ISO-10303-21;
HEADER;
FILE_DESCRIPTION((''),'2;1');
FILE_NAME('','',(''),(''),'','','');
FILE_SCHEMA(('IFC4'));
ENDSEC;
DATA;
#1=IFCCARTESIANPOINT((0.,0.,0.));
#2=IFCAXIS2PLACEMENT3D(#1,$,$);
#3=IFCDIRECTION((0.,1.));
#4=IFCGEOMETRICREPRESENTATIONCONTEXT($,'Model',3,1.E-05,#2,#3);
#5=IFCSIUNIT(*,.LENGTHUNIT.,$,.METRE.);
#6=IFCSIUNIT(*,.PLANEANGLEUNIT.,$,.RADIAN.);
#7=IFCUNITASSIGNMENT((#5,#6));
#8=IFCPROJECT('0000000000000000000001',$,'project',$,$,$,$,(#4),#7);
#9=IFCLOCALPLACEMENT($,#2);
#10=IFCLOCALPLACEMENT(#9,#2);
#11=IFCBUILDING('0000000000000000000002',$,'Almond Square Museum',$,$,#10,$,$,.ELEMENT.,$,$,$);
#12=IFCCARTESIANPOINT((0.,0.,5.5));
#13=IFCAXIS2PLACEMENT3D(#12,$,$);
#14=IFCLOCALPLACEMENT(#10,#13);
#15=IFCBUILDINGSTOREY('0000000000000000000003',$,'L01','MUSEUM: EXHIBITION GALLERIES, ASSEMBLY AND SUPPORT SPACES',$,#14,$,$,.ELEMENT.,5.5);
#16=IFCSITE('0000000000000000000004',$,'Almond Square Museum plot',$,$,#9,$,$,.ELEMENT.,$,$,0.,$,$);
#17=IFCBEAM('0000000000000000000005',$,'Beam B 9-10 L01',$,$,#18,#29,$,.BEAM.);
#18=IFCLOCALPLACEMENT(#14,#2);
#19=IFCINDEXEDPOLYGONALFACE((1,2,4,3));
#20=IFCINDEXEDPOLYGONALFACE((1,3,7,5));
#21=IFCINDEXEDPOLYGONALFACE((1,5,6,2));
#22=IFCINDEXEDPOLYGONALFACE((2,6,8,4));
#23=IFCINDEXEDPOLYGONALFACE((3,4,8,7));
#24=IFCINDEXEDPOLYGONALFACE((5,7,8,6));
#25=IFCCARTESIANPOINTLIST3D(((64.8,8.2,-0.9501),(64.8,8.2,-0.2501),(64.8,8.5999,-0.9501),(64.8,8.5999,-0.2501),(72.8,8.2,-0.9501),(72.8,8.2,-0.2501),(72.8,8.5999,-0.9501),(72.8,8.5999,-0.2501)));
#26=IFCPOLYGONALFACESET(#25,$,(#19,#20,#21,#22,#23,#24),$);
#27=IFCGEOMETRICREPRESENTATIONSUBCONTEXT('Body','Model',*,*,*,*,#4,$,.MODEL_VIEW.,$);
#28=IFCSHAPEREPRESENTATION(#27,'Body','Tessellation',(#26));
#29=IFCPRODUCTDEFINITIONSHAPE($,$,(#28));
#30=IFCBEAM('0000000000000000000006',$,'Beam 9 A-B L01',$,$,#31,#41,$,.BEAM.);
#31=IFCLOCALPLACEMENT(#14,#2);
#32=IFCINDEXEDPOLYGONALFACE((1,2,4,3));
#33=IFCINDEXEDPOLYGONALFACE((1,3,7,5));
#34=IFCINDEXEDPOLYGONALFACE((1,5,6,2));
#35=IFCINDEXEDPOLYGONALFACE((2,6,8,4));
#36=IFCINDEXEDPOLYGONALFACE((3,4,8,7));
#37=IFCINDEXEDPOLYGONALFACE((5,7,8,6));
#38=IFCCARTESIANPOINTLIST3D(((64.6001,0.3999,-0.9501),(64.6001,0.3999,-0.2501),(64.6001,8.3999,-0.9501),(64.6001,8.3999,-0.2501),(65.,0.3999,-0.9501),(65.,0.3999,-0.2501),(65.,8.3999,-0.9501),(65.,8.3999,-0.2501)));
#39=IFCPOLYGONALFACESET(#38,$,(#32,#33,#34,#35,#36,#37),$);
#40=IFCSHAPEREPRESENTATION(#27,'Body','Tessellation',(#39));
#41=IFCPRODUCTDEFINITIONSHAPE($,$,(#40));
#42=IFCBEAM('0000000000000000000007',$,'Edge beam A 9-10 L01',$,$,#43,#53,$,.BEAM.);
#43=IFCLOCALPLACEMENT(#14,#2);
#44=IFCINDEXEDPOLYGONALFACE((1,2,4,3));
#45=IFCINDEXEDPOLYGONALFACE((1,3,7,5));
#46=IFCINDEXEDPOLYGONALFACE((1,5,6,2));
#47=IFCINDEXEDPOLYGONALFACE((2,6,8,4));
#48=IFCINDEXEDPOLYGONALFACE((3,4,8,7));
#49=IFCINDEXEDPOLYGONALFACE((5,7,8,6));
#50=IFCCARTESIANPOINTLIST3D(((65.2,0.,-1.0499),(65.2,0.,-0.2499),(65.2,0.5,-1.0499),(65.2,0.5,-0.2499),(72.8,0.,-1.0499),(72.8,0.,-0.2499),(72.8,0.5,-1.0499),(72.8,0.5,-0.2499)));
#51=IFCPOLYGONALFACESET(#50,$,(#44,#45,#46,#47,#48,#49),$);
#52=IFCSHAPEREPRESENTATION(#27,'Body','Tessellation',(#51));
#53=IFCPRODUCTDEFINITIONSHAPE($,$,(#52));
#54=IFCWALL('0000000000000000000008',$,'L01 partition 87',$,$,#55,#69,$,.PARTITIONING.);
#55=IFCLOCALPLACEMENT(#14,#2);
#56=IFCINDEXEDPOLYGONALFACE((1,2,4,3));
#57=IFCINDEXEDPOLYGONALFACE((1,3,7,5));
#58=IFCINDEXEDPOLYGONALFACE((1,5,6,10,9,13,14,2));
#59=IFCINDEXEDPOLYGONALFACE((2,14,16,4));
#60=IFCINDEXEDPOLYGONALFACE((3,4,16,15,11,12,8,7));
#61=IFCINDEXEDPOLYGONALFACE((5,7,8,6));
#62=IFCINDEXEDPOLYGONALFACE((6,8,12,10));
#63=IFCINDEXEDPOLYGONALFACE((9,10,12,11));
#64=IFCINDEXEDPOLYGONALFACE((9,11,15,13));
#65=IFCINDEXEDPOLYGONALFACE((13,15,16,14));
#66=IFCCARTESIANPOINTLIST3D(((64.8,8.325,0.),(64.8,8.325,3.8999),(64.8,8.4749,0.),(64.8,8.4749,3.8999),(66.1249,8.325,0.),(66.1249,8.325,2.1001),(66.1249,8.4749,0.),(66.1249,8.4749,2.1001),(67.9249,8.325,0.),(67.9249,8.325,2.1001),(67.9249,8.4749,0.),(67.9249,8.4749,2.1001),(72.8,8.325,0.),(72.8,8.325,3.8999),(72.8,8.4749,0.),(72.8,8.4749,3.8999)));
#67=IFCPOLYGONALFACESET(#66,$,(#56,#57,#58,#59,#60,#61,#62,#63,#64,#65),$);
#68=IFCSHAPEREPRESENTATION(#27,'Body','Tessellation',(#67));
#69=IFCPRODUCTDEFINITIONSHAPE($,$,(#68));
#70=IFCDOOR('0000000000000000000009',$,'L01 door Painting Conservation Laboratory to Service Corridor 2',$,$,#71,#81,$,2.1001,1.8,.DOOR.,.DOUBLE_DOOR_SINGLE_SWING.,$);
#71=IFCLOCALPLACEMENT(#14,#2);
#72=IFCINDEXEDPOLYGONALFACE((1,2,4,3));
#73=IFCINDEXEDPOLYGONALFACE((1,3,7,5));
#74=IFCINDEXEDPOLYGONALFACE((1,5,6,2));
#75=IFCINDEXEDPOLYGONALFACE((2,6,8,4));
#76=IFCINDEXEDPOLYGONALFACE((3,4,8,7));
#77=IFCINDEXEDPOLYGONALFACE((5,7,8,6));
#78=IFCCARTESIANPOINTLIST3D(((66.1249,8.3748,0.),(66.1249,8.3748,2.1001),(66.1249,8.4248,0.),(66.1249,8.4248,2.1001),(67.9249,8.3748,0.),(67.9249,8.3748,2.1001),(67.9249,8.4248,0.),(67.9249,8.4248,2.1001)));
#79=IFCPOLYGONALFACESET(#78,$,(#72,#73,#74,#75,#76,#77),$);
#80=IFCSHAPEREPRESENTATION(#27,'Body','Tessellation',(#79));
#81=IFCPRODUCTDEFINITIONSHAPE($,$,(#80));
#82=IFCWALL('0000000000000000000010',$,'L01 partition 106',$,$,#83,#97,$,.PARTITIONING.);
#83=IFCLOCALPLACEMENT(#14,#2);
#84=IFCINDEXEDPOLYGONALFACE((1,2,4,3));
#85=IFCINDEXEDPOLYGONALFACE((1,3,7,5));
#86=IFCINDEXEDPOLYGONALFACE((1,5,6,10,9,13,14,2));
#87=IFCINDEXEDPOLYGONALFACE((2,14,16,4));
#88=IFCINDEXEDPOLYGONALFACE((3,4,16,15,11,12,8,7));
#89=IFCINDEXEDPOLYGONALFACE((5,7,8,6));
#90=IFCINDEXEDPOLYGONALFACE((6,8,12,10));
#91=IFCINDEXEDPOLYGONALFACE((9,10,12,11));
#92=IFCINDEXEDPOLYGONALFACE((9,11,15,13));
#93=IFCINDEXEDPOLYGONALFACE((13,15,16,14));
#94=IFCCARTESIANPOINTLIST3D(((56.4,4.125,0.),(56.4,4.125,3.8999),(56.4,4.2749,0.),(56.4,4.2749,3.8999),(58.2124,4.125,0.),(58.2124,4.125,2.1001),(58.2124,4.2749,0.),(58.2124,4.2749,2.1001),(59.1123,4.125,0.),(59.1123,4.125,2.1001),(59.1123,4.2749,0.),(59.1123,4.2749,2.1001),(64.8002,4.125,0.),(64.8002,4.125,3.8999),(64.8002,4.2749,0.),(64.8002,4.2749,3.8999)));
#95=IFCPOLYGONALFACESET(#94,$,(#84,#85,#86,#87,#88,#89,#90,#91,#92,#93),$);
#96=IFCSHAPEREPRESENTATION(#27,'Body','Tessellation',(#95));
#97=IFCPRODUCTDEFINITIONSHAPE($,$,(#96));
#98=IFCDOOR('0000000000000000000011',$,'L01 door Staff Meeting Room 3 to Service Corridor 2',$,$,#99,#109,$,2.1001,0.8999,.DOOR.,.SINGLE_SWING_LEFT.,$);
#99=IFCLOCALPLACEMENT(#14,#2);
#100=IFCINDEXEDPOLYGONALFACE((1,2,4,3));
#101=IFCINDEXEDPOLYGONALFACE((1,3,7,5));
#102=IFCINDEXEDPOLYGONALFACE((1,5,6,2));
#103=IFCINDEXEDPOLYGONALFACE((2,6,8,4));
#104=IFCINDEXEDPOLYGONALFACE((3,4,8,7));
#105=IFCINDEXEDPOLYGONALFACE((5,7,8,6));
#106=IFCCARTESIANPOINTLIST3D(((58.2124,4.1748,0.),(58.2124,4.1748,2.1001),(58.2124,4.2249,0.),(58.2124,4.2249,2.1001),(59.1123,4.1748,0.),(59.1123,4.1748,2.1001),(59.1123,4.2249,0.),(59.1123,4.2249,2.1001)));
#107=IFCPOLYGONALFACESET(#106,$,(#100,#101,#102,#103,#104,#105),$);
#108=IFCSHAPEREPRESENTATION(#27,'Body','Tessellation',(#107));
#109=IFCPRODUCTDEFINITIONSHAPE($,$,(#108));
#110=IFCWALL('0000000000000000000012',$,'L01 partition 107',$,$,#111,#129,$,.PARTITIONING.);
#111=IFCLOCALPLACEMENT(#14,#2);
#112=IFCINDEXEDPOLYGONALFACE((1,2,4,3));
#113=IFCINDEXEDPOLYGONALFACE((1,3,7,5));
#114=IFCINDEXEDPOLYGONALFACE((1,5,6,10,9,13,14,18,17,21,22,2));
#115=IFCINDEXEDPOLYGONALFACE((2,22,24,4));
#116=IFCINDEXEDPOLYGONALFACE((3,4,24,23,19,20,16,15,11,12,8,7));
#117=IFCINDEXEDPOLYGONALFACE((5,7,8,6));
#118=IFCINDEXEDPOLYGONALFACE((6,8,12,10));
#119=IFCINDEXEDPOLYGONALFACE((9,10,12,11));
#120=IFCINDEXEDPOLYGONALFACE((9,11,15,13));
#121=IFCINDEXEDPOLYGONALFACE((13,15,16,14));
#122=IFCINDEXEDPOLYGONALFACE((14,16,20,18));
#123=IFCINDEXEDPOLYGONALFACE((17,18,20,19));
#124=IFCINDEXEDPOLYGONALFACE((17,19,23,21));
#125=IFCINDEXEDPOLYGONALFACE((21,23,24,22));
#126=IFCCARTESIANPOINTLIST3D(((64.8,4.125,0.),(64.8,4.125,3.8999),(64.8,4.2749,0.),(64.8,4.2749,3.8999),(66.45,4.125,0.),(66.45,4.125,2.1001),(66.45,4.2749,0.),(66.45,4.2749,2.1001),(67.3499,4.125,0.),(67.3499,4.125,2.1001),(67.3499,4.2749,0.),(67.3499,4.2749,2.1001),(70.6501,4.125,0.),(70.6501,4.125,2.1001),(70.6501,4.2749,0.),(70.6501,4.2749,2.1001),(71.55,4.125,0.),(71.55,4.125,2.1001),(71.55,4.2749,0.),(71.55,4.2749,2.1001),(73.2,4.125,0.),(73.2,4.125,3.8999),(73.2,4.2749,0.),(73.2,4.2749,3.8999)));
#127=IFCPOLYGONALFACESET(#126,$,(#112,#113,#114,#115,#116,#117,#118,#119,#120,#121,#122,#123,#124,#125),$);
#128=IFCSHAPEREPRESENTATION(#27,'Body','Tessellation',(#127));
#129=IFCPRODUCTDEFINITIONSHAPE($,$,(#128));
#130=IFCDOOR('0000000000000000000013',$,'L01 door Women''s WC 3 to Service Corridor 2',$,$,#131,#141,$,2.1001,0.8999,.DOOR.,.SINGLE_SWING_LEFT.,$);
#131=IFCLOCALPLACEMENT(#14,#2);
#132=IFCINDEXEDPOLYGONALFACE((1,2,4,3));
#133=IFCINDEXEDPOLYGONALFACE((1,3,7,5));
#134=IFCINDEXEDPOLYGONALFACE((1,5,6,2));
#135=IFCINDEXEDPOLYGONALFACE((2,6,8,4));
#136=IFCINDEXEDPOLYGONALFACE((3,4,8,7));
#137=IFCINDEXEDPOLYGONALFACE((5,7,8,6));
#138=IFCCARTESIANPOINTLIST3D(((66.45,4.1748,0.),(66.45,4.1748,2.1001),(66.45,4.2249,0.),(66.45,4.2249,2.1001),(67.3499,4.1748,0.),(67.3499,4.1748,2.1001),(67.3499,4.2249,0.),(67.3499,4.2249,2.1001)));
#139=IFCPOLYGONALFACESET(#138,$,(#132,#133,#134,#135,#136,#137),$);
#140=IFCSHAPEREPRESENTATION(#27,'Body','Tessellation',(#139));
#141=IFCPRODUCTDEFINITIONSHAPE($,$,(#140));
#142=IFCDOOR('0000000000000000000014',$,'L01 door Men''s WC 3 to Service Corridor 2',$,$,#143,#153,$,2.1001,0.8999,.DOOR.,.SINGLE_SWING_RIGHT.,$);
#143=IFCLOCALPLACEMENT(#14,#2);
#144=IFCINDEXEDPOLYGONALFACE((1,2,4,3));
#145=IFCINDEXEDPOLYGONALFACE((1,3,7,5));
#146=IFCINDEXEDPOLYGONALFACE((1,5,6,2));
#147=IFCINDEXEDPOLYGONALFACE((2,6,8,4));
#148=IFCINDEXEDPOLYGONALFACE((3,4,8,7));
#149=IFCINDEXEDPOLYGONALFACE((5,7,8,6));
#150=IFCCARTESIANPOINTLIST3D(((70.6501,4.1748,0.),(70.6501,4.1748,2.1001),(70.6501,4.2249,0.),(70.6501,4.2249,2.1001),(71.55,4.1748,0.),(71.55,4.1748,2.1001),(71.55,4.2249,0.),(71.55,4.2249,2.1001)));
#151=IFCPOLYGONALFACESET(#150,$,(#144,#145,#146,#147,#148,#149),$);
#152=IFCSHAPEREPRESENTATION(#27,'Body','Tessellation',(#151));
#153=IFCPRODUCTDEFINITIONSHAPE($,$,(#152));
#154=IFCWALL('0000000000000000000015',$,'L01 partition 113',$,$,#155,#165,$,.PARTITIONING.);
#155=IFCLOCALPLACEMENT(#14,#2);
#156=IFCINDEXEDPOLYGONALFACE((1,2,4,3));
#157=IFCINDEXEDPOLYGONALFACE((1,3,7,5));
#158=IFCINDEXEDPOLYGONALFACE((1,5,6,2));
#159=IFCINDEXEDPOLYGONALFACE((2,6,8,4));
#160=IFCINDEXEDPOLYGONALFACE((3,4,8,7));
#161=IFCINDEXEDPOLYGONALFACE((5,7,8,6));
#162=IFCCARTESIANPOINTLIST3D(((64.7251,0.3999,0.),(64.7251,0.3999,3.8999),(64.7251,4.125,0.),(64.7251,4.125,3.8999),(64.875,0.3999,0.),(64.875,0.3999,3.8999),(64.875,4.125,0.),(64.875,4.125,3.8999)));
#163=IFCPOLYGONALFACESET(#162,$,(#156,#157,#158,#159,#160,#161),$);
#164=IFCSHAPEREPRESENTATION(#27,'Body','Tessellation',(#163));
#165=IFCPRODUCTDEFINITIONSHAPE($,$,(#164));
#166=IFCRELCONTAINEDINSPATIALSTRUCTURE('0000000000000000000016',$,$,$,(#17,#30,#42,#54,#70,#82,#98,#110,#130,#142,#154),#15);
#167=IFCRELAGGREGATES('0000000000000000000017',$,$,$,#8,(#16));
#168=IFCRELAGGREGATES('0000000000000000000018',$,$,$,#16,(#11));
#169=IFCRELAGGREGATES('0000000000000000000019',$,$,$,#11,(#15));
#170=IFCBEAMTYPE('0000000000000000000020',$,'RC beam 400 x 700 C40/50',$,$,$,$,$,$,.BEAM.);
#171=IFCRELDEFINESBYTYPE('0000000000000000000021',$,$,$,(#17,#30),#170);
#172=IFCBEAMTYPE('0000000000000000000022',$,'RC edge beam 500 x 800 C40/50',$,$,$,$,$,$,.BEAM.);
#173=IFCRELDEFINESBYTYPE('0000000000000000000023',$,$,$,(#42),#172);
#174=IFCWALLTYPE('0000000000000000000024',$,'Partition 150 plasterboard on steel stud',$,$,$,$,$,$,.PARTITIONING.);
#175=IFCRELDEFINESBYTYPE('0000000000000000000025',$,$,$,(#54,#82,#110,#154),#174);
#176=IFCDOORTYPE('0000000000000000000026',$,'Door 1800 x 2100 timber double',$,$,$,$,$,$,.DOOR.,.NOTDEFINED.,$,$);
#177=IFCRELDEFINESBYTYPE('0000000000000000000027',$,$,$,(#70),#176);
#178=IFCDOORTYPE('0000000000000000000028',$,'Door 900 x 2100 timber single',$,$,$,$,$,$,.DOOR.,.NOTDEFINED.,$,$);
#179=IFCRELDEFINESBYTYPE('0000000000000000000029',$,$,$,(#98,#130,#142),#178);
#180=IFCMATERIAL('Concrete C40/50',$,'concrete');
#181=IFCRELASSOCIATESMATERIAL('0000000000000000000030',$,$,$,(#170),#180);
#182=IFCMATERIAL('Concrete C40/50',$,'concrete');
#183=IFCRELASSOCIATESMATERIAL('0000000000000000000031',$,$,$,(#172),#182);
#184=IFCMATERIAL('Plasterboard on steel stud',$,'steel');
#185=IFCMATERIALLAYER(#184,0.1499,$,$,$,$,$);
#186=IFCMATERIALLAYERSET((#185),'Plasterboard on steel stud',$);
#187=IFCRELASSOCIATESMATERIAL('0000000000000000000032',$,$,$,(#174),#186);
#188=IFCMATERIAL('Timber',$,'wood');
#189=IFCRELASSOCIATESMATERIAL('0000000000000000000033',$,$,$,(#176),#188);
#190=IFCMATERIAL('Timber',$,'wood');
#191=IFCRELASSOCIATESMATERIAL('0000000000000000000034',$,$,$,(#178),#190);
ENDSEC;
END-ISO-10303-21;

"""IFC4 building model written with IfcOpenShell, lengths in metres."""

from ifc_helpers import new_model, si_unit, direction, frame, frame_2d, origin, origin_2d, place, context, subcontext, project, spatial, rectangle, extrude, material, layer, layer_set, material_profile, profile_set, type_object, element, fill, save


model = new_model("IFC4")

# Units and contexts
model_context = context("Model", 3, precision=1e-05, world=origin(), true_north=direction((0.0, 1.0)))
body_context = subcontext(model_context, "Body", "Model", "MODEL_VIEW")
ifc_project = project(units=[si_unit("LENGTHUNIT", "METRE"), si_unit("PLANEANGLEUNIT", "RADIAN")], contexts=[model_context])

# Site, building, storey
site_placement = place(None, origin())
site = spatial("IfcSite", under=ifc_project, at=site_placement, Name="Almond Square Museum plot", CompositionType="ELEMENT", RefElevation=0.0)
building_placement = place(site_placement, origin())
building = spatial("IfcBuilding", under=site, at=building_placement, Name="Almond Square Museum", CompositionType="ELEMENT")
storey_placement = place(building_placement, frame((0.0, 0.0, 5.5)))
storey = spatial("IfcBuildingStorey", under=building, at=storey_placement, Name="L01", Description="MUSEUM: EXHIBITION GALLERIES, ASSEMBLY AND SUPPORT SPACES", CompositionType="ELEMENT", Elevation=5.5)

# Beams
ifc_material_1 = material(Name="Concrete C40/50", Category="concrete")
ifc_material_profile_1 = material_profile(ifc_material_1, rectangle(XDim=0.3999, YDim=0.7, at=origin_2d()))
ifc_profile_set_1 = profile_set([ifc_material_profile_1], Name="Concrete C40/50")
beam_type_1 = type_object("IfcBeamType", Name="RC beam 400 x 700 C40/50", PredefinedType="BEAM", material=ifc_profile_set_1)
for number, where, z_axis, x_axis, name in (
    (1, (64.8, 8.3999, -0.6001), (1.0, 0.0, 0.0), (0.0, 1.0, 0.0), "Beam B 9-10 L01"),
    (2, (64.8, 0.3999, -0.6001), (0.0, 1.0, 0.0), (-1.0, 0.0, 0.0), "Beam 9 A-B L01"),
):
    element("IfcBeam", number, at=place(storey_placement, frame(where, z_axis=z_axis, x_axis=x_axis)), inside=storey, type_object=beam_type_1, Name=name, PredefinedType="BEAM", context=body_context, shape_type="SweptSolid", body=[
        extrude(rectangle(XDim=0.3999, YDim=0.7, at=origin_2d()), origin(), (0.0, 0.0, 1.0), 8.0),
    ])
ifc_material_2 = material(Name="Concrete C40/50", Category="concrete")
ifc_material_profile_2 = material_profile(ifc_material_2, rectangle(XDim=0.5, YDim=0.8, at=origin_2d()))
ifc_profile_set_2 = profile_set([ifc_material_profile_2], Name="Concrete C40/50")
beam_type_2 = type_object("IfcBeamType", Name="RC edge beam 500 x 800 C40/50", PredefinedType="BEAM", material=ifc_profile_set_2)
beam_placement = place(storey_placement, frame((65.2, 0.25, -0.6499), z_axis=(1.0, 0.0, 0.0), x_axis=(0.0, 1.0, 0.0)))
element("IfcBeam", 3, at=beam_placement, inside=storey, type_object=beam_type_2, Name="Edge beam A 9-10 L01", PredefinedType="BEAM", context=body_context, shape_type="SweptSolid", body=[
    extrude(rectangle(XDim=0.5, YDim=0.8, at=origin_2d()), origin(), (0.0, 0.0, 1.0), 7.6001),
])

# Walls, openings, doors
ifc_material_3 = material(Name="Plasterboard on steel stud", Category="steel")
ifc_layer_1 = layer(ifc_material_3, 0.1499)
ifc_layer_set_1 = layer_set([ifc_layer_1], Name="Plasterboard on steel stud")
wall_type_1 = type_object("IfcWallType", Name="Partition 150 plasterboard on steel stud", PredefinedType="PARTITIONING", material=ifc_layer_set_1)
wall_1_placement = place(storey_placement, frame((64.8, 8.3999, 0.0), z_axis=(0.0, 0.0, 1.0), x_axis=(1.0, 0.0, 0.0)))
wall_1 = element("IfcWall", 4, at=wall_1_placement, inside=storey, type_object=wall_type_1, Name="L01 partition 87", PredefinedType="PARTITIONING", context=body_context, shape_type="SweptSolid", body=[
    extrude(rectangle(XDim=8.0, YDim=0.1499, at=frame_2d((4.0, 0.0))), origin(), (0.0, 0.0, 1.0), 3.8999),
])
opening_1_placement = place(wall_1_placement, frame((1.325, 0.0, 0.0)))
opening_1 = element("IfcOpeningElement", 5, at=opening_1_placement, cuts=wall_1, PredefinedType="OPENING", context=body_context, shape_type="SweptSolid", body=[
    extrude(rectangle(XDim=1.8, YDim=2.1001, at=frame_2d((0.8999, 1.05))), frame((0.0, 0.085, 0.0), z_axis=(0.0, -1.0, 0.0), x_axis=(1.0, 0.0, 0.0)), (0.0, 0.0, 1.0), 0.1699),
])
ifc_material_4 = material(Name="Timber", Category="wood")
door_type_1 = type_object("IfcDoorType", Name="Door 1800 x 2100 timber double", OperationType="NOTDEFINED", PredefinedType="DOOR", material=ifc_material_4)
door_1_placement = place(opening_1_placement, origin())
door_1 = element("IfcDoor", 6, at=door_1_placement, inside=storey, type_object=door_type_1, Name="L01 door Painting Conservation Laboratory to Service Corridor 2", OperationType="DOUBLE_DOOR_SINGLE_SWING", OverallHeight=2.1001, OverallWidth=1.8, PredefinedType="DOOR", context=body_context, shape_type="SweptSolid", body=[
    extrude(rectangle(XDim=1.8, YDim=2.1001, at=frame_2d((0.8999, 1.05))), frame((0.0, 0.0249, 0.0), z_axis=(0.0, -1.0, 0.0), x_axis=(1.0, 0.0, 0.0)), (0.0, 0.0, 1.0), 0.05),
])
fill(opening_1, door_1)
wall_2_placement = place(storey_placement, frame((56.3999, 4.2, 0.0), z_axis=(0.0, 0.0, 1.0), x_axis=(1.0, 0.0, 0.0)))
wall_2 = element("IfcWall", 7, at=wall_2_placement, inside=storey, type_object=wall_type_1, Name="L01 partition 106", PredefinedType="PARTITIONING", context=body_context, shape_type="SweptSolid", body=[
    extrude(rectangle(XDim=8.4001, YDim=0.1499, at=frame_2d((4.2002, 0.0))), origin(), (0.0, 0.0, 1.0), 3.8999),
])
opening_2_placement = place(wall_2_placement, frame((1.8125, 0.0, 0.0)))
opening_2 = element("IfcOpeningElement", 8, at=opening_2_placement, cuts=wall_2, PredefinedType="OPENING", context=body_context, shape_type="SweptSolid", body=[
    extrude(rectangle(XDim=0.8999, YDim=2.1001, at=frame_2d((0.45, 1.05))), frame((0.0, 0.085, 0.0), z_axis=(0.0, -1.0, 0.0), x_axis=(1.0, 0.0, 0.0)), (0.0, 0.0, 1.0), 0.1699),
])
ifc_material_5 = material(Name="Timber", Category="wood")
door_type_2 = type_object("IfcDoorType", Name="Door 900 x 2100 timber single", OperationType="NOTDEFINED", PredefinedType="DOOR", material=ifc_material_5)
door_2_placement = place(opening_2_placement, origin())
door_2 = element("IfcDoor", 9, at=door_2_placement, inside=storey, type_object=door_type_2, Name="L01 door Staff Meeting Room 3 to Service Corridor 2", OperationType="SINGLE_SWING_LEFT", OverallHeight=2.1001, OverallWidth=0.8999, PredefinedType="DOOR", context=body_context, shape_type="SweptSolid", body=[
    extrude(rectangle(XDim=0.8999, YDim=2.1001, at=frame_2d((0.45, 1.05))), frame((0.0, 0.0249, 0.0), z_axis=(0.0, -1.0, 0.0), x_axis=(1.0, 0.0, 0.0)), (0.0, 0.0, 1.0), 0.05),
])
fill(opening_2, door_2)

# Wall, openings, doors
wall_3_placement = place(storey_placement, frame((64.8, 4.2, 0.0), z_axis=(0.0, 0.0, 1.0), x_axis=(1.0, 0.0, 0.0)))
wall_3 = element("IfcWall", 10, at=wall_3_placement, inside=storey, type_object=wall_type_1, Name="L01 partition 107", PredefinedType="PARTITIONING", context=body_context, shape_type="SweptSolid", body=[
    extrude(rectangle(XDim=8.3999, YDim=0.1499, at=frame_2d((4.2, 0.0))), origin(), (0.0, 0.0, 1.0), 3.8999),
])
opening_3_placement = place(wall_3_placement, frame((1.6499, 0.0, 0.0)))
opening_3 = element("IfcOpeningElement", 11, at=opening_3_placement, cuts=wall_3, PredefinedType="OPENING", context=body_context, shape_type="SweptSolid", body=[
    extrude(rectangle(XDim=0.8999, YDim=2.1001, at=frame_2d((0.45, 1.05))), frame((0.0, 0.085, 0.0), z_axis=(0.0, -1.0, 0.0), x_axis=(1.0, 0.0, 0.0)), (0.0, 0.0, 1.0), 0.1699),
])
opening_4_placement = place(wall_3_placement, frame((5.8501, 0.0, 0.0)))
opening_4 = element("IfcOpeningElement", 12, at=opening_4_placement, cuts=wall_3, PredefinedType="OPENING", context=body_context, shape_type="SweptSolid", body=[
    extrude(rectangle(XDim=0.8999, YDim=2.1001, at=frame_2d((0.45, 1.05))), frame((0.0, 0.085, 0.0), z_axis=(0.0, -1.0, 0.0), x_axis=(1.0, 0.0, 0.0)), (0.0, 0.0, 1.0), 0.1699),
])
door_3_placement = place(opening_3_placement, origin())
door_3 = element("IfcDoor", 13, at=door_3_placement, inside=storey, type_object=door_type_2, Name="L01 door Women's WC 3 to Service Corridor 2", OperationType="SINGLE_SWING_LEFT", OverallHeight=2.1001, OverallWidth=0.8999, PredefinedType="DOOR", context=body_context, shape_type="SweptSolid", body=[
    extrude(rectangle(XDim=0.8999, YDim=2.1001, at=frame_2d((0.45, 1.05))), frame((0.0, 0.0249, 0.0), z_axis=(0.0, -1.0, 0.0), x_axis=(1.0, 0.0, 0.0)), (0.0, 0.0, 1.0), 0.05),
])
fill(opening_3, door_3)
door_4_placement = place(opening_4_placement, origin())
door_4 = element("IfcDoor", 14, at=door_4_placement, inside=storey, type_object=door_type_2, Name="L01 door Men's WC 3 to Service Corridor 2", OperationType="SINGLE_SWING_RIGHT", OverallHeight=2.1001, OverallWidth=0.8999, PredefinedType="DOOR", context=body_context, shape_type="SweptSolid", body=[
    extrude(rectangle(XDim=0.8999, YDim=2.1001, at=frame_2d((0.45, 1.05))), frame((0.0, 0.0249, 0.0), z_axis=(0.0, -1.0, 0.0), x_axis=(1.0, 0.0, 0.0)), (0.0, 0.0, 1.0), 0.05),
])
fill(opening_4, door_4)

# Wall
wall_4_placement = place(storey_placement, frame((64.8, 0.3999, 0.0), z_axis=(0.0, 0.0, 1.0), x_axis=(0.0, 1.0, 0.0)))
element("IfcWall", 15, at=wall_4_placement, inside=storey, type_object=wall_type_1, Name="L01 partition 113", PredefinedType="PARTITIONING", context=body_context, shape_type="SweptSolid", body=[
    extrude(rectangle(XDim=3.7251, YDim=0.1499, at=frame_2d((1.8625, 0.0))), origin(), (0.0, 0.0, 1.0), 3.8999),
])

save(model, "model.ifc")
